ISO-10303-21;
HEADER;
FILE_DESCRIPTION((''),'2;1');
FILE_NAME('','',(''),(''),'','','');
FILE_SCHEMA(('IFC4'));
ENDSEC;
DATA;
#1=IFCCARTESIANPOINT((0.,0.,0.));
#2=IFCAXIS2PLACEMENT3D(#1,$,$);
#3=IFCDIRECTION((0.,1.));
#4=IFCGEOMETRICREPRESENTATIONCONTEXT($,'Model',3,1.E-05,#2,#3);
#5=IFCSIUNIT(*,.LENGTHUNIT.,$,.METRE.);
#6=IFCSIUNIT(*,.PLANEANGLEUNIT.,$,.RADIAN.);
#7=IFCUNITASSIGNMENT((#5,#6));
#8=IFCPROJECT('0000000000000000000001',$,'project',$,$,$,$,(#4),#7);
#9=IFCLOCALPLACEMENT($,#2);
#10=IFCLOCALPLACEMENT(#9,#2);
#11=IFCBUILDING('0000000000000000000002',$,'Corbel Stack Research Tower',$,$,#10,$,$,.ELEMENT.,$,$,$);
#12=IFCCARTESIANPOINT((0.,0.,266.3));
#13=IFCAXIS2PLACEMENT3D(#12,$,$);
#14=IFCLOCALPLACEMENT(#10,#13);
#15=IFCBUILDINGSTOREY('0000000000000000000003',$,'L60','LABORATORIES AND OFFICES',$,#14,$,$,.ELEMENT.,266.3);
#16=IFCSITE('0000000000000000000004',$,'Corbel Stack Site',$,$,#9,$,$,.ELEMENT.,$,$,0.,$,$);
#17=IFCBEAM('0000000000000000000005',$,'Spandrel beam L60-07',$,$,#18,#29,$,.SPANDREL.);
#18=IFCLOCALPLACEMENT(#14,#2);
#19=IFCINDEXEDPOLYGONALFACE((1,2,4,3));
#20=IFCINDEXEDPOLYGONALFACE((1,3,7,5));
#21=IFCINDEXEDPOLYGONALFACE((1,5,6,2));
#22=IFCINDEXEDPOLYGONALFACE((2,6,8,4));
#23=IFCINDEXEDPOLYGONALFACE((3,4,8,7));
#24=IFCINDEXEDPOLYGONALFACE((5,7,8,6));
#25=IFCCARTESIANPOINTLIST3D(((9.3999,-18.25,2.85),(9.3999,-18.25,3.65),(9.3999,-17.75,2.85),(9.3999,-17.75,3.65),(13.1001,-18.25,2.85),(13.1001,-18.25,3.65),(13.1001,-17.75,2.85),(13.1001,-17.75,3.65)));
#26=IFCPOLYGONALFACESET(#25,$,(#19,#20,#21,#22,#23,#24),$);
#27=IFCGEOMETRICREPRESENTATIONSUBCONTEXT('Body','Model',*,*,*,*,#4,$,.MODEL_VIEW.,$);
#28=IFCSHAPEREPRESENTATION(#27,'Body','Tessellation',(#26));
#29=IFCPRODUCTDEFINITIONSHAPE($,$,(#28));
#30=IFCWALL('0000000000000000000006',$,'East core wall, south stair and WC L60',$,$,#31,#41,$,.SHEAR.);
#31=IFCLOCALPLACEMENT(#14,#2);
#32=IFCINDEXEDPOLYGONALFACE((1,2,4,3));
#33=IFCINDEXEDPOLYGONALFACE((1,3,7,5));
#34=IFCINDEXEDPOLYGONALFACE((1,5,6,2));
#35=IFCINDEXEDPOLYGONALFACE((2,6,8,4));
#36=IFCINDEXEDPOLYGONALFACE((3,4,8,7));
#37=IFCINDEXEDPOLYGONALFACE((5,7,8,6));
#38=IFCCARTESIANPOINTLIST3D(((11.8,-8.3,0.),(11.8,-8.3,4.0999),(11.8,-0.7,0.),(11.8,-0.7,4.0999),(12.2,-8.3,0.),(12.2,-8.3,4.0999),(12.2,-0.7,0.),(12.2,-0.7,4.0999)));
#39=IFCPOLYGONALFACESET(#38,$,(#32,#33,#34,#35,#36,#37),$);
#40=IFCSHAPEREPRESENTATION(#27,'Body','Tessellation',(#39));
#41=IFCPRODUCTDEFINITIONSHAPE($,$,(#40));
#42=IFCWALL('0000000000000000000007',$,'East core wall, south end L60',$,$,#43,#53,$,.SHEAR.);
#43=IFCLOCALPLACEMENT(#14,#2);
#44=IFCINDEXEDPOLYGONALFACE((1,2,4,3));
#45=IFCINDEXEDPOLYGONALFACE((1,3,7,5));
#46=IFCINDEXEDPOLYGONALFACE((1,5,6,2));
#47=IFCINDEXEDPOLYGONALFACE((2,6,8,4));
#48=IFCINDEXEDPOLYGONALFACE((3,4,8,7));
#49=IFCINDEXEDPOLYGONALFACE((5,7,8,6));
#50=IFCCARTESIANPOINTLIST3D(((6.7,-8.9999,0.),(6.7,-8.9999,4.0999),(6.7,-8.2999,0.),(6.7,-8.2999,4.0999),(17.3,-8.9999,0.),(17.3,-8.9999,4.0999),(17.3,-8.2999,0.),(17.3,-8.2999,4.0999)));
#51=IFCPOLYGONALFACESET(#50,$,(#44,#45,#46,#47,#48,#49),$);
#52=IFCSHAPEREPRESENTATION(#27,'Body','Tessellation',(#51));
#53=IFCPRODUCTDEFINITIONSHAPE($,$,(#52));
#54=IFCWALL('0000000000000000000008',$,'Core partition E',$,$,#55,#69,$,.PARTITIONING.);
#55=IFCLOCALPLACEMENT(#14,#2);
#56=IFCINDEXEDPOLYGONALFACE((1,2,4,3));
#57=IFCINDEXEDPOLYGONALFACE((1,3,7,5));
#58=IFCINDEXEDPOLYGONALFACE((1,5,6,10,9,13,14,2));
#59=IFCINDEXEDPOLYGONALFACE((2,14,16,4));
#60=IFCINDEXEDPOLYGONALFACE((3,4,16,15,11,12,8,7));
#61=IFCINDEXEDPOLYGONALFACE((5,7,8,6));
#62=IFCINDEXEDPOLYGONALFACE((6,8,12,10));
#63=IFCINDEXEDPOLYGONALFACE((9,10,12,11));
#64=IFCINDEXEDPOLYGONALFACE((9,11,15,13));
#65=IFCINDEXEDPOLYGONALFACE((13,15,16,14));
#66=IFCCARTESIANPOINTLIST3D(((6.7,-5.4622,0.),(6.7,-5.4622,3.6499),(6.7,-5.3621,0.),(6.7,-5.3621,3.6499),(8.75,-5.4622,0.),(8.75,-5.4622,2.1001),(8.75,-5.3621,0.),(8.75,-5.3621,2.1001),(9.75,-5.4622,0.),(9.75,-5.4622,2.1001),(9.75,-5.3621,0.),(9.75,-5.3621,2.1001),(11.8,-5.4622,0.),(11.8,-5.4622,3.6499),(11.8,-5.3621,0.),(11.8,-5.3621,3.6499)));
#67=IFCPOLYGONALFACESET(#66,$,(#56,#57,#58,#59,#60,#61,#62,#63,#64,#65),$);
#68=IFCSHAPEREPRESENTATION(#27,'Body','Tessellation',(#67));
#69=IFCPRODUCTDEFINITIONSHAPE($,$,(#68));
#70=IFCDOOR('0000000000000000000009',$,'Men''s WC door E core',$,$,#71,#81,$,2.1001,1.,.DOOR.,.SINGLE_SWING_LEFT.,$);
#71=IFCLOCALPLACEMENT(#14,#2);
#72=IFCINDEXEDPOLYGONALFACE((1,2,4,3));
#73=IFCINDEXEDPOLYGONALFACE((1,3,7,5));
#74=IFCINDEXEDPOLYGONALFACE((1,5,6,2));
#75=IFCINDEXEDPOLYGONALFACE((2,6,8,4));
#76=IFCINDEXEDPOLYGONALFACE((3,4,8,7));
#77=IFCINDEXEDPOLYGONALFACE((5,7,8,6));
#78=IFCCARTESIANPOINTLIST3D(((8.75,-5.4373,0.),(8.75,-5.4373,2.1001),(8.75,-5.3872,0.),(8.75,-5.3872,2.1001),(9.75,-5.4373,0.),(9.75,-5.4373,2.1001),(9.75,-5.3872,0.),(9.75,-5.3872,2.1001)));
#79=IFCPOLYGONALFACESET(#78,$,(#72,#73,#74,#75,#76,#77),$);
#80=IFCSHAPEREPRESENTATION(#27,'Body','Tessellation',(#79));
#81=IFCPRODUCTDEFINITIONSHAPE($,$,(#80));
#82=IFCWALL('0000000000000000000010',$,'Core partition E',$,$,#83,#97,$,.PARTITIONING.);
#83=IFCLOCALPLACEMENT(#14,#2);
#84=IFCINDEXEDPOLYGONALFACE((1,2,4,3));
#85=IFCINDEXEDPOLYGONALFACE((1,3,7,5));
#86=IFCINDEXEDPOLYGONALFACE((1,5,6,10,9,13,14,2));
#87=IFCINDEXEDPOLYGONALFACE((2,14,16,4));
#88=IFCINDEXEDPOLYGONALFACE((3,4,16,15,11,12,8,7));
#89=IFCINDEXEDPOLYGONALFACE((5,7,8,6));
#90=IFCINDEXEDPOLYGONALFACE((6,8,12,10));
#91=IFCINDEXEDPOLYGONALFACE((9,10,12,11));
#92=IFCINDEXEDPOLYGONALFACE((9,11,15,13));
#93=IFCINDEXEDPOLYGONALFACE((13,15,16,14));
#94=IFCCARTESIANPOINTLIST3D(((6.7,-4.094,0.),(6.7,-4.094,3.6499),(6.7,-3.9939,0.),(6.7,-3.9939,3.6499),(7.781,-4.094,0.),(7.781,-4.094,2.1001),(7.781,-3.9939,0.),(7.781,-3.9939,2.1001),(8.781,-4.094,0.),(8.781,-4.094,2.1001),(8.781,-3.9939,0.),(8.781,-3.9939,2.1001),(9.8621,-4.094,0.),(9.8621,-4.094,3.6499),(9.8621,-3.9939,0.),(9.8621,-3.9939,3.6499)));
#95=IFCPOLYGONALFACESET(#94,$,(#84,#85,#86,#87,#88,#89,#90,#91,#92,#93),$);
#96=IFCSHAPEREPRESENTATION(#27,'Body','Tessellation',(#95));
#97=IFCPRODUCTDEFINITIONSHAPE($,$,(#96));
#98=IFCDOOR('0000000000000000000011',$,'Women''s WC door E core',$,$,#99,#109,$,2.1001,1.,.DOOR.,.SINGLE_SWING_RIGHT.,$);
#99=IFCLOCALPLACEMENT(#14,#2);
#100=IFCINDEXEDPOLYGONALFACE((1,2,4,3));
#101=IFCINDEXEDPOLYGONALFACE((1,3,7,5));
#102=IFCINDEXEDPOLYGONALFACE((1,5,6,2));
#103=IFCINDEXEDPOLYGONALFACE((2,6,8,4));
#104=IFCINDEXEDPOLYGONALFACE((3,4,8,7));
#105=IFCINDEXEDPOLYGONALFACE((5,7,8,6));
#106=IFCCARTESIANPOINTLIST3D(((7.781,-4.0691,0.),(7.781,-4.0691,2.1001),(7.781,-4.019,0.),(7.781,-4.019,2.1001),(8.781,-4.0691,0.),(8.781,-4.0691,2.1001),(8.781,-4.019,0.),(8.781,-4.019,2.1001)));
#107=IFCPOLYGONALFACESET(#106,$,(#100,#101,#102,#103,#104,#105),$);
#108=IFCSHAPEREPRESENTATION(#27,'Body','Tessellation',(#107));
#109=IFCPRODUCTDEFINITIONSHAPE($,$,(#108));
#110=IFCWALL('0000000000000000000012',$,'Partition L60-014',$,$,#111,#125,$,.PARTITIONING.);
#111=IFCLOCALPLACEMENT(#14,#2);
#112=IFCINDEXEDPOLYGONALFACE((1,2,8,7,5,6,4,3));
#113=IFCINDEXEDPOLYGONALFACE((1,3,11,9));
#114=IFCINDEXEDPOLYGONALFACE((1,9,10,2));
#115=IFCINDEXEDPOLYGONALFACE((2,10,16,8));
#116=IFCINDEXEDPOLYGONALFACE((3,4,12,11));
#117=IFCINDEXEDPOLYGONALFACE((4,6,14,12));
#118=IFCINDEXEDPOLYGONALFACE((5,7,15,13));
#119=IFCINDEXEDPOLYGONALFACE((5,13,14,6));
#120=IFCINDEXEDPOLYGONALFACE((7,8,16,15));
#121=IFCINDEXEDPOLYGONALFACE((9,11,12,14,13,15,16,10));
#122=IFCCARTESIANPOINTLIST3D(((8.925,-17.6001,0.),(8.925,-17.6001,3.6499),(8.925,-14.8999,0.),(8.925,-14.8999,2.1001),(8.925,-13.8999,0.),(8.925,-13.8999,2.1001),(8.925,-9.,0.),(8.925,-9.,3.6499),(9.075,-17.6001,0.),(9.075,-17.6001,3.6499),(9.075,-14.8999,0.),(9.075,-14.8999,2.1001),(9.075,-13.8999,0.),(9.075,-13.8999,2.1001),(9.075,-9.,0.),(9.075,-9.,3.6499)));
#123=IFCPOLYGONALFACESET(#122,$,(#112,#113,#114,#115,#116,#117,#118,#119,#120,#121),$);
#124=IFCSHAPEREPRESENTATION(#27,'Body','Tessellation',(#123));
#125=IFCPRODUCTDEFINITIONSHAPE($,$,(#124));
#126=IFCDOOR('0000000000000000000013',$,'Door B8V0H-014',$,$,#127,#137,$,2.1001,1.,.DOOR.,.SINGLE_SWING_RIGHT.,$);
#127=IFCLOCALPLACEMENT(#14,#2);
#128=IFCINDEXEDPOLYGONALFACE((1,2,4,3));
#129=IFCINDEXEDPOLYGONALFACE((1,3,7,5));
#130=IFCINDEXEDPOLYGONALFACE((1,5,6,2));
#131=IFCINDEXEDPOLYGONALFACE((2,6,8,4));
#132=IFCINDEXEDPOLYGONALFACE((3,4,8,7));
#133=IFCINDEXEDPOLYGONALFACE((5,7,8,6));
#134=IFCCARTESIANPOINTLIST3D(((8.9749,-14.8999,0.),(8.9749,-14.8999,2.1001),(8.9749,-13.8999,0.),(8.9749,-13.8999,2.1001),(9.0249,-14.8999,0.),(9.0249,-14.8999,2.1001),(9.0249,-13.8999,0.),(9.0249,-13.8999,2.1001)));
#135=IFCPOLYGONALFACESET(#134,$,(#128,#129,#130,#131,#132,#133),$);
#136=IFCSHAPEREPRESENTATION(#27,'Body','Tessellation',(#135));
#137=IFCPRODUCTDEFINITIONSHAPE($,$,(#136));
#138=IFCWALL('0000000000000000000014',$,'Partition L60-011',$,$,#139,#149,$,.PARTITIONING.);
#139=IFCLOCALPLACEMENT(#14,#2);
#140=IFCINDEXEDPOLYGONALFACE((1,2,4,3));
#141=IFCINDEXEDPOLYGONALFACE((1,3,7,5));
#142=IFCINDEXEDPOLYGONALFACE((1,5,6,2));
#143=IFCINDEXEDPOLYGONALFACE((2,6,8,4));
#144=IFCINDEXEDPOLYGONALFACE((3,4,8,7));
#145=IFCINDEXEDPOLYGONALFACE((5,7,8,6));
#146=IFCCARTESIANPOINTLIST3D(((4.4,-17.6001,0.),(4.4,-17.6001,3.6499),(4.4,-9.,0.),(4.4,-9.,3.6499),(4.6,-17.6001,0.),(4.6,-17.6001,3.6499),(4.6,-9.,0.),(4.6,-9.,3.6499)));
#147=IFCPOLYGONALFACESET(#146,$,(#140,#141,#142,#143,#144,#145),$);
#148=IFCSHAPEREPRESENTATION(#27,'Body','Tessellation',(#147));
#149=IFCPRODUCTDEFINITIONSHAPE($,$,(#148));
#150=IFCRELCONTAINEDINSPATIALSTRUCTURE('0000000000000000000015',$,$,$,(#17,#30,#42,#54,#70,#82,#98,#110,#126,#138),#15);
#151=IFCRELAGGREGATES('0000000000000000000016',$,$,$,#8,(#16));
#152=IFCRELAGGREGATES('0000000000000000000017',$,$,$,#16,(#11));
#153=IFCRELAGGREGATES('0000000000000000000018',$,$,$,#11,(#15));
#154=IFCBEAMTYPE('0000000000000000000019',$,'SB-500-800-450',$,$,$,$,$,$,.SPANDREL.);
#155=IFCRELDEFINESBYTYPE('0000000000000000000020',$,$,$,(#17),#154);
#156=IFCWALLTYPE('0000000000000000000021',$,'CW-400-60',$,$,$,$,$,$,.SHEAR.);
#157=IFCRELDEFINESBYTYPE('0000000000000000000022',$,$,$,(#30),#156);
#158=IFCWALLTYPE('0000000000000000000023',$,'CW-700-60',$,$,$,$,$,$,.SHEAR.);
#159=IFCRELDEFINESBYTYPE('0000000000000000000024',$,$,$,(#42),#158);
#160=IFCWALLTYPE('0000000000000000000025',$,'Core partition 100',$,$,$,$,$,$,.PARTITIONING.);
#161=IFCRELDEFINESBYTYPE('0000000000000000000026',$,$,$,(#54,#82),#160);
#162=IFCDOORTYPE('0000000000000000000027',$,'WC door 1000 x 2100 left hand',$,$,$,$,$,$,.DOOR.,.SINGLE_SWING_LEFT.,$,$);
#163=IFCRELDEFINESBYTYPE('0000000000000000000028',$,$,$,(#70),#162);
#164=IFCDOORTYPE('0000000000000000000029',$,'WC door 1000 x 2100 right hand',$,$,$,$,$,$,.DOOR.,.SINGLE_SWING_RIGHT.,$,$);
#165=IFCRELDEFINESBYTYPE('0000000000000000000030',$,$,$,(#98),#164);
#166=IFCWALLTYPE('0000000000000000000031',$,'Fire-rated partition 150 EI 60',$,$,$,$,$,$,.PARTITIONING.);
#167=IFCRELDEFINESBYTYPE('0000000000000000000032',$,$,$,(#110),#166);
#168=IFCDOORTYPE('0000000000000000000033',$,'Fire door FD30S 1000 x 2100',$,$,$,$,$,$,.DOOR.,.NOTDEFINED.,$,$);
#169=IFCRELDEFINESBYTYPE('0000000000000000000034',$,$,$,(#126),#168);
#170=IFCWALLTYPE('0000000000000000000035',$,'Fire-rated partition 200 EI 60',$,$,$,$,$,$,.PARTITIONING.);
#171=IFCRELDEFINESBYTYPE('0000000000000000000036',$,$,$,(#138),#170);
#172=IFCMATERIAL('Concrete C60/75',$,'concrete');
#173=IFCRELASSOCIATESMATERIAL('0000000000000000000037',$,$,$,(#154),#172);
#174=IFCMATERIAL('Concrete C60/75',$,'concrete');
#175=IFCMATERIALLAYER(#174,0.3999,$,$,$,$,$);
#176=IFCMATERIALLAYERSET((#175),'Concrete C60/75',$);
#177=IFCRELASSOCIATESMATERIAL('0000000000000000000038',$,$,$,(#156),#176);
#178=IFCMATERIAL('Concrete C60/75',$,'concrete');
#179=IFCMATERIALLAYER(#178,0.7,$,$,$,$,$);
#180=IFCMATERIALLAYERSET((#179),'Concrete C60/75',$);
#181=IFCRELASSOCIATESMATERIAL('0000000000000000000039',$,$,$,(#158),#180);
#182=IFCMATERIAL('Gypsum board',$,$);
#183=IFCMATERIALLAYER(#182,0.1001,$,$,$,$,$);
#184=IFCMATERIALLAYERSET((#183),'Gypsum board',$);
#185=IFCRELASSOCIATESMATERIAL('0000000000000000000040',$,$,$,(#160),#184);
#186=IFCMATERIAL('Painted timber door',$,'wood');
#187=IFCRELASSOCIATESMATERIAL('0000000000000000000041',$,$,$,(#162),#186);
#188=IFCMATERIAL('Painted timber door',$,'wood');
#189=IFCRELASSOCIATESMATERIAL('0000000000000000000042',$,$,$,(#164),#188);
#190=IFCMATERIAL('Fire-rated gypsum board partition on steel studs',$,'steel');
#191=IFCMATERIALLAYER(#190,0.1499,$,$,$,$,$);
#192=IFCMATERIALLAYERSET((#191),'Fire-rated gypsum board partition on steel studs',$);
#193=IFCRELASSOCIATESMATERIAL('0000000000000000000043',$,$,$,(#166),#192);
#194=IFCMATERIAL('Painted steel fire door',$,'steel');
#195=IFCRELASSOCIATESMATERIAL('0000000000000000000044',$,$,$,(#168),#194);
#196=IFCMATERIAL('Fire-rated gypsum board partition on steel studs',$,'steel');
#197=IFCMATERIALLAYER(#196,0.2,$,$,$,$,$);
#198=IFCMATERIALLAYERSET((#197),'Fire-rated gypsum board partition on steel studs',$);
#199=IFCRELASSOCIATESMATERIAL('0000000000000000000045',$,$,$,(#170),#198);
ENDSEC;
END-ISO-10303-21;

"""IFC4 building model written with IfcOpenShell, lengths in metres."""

from ifc_helpers import new_model, si_unit, direction, frame, frame_2d, origin, origin_2d, place, context, subcontext, project, spatial, rectangle, extrude, material, layer, layer_set, material_profile, profile_set, type_object, element, fill, save


model = new_model("IFC4")

# Units and contexts
model_context = context("Model", 3, precision=1e-05, world=origin(), true_north=direction((0.0, 1.0)))
body_context = subcontext(model_context, "Body", "Model", "MODEL_VIEW")
ifc_project = project(units=[si_unit("LENGTHUNIT", "METRE"), si_unit("PLANEANGLEUNIT", "RADIAN")], contexts=[model_context])

# Site, building, storey
site_placement = place(None, origin())
site = spatial("IfcSite", under=ifc_project, at=site_placement, Name="Corbel Stack Site", CompositionType="ELEMENT", RefElevation=0.0)
building_placement = place(site_placement, origin())
building = spatial("IfcBuilding", under=site, at=building_placement, Name="Corbel Stack Research Tower", CompositionType="ELEMENT")
storey_placement = place(building_placement, frame((0.0, 0.0, 266.3)))
storey = spatial("IfcBuildingStorey", under=building, at=storey_placement, Name="L60", Description="LABORATORIES AND OFFICES", CompositionType="ELEMENT", Elevation=266.3)

# Beam
ifc_material_1 = material(Name="Concrete C60/75", Category="concrete")
ifc_material_profile = material_profile(ifc_material_1, rectangle(XDim=0.5, YDim=0.8, at=origin_2d()), Name="RC 500 x 800")
ifc_profile_set = profile_set([ifc_material_profile], Name="Concrete C60/75")
beam_type = type_object("IfcBeamType", Name="SB-500-800-450", PredefinedType="SPANDREL", material=ifc_profile_set)
beam_placement = place(storey_placement, frame((9.3999, -18.0, 3.25), z_axis=(1.0, 0.0, 0.0), x_axis=(0.0, 1.0, 0.0)))
element("IfcBeam", 1, at=beam_placement, inside=storey, type_object=beam_type, Name="Spandrel beam L60-07", PredefinedType="SPANDREL", context=body_context, shape_type="SweptSolid", body=[
    extrude(rectangle(XDim=0.5, YDim=0.8, at=origin_2d()), origin(), (0.0, 0.0, 1.0), 3.7002),
])

# Wall
ifc_material_2 = material(Name="Concrete C60/75", Category="concrete")
ifc_layer_1 = layer(ifc_material_2, 0.3999)
ifc_layer_set_1 = layer_set([ifc_layer_1], Name="Concrete C60/75")
wall_type_1 = type_object("IfcWallType", Name="CW-400-60", PredefinedType="SHEAR", material=ifc_layer_set_1)
wall_1_placement = place(storey_placement, frame((12.0, -8.3, 0.0), z_axis=(0.0, 0.0, 1.0), x_axis=(0.0, 1.0, 0.0)))
element("IfcWall", 2, at=wall_1_placement, inside=storey, type_object=wall_type_1, Name="East core wall, south stair and WC L60", PredefinedType="SHEAR", context=body_context, shape_type="SweptSolid", body=[
    extrude(rectangle(XDim=7.6001, YDim=0.3999, at=frame_2d((3.8, 0.0))), origin(), (0.0, 0.0, 1.0), 4.0999),
])

# Shared definitions
ifc_material_3 = material(Name="Concrete C60/75", Category="concrete")
ifc_layer_2 = layer(ifc_material_3, 0.7)
ifc_layer_set_2 = layer_set([ifc_layer_2], Name="Concrete C60/75")
wall_type_2 = type_object("IfcWallType", Name="CW-700-60", PredefinedType="SHEAR", material=ifc_layer_set_2)

# Wall
wall_2_placement = place(storey_placement, frame((6.7, -8.6499, 0.0), z_axis=(0.0, 0.0, 1.0), x_axis=(1.0, 0.0, 0.0)))
element("IfcWall", 3, at=wall_2_placement, inside=storey, type_object=wall_type_2, Name="East core wall, south end L60", PredefinedType="SHEAR", context=body_context, shape_type="SweptSolid", body=[
    extrude(rectangle(XDim=10.6001, YDim=0.7, at=frame_2d((5.3, 0.0))), origin(), (0.0, 0.0, 1.0), 4.0999),
])

# Walls, openings, doors
ifc_material_4 = material(Name="Gypsum board")
ifc_layer_3 = layer(ifc_material_4, 0.1001)
ifc_layer_set_3 = layer_set([ifc_layer_3], Name="Gypsum board")
wall_type_3 = type_object("IfcWallType", Name="Core partition 100", PredefinedType="PARTITIONING", material=ifc_layer_set_3)
wall_3_placement = place(storey_placement, frame((6.7, -5.4121, 0.0), z_axis=(0.0, 0.0, 1.0), x_axis=(1.0, 0.0, 0.0)))
wall_3 = element("IfcWall", 4, at=wall_3_placement, inside=storey, type_object=wall_type_3, Name="Core partition E", PredefinedType="PARTITIONING", context=body_context, shape_type="SweptSolid", body=[
    extrude(rectangle(XDim=5.1001, YDim=0.1001, at=frame_2d((2.55, 0.0))), origin(), (0.0, 0.0, 1.0), 3.6499),
])
opening_1_placement = place(wall_3_placement, frame((2.05, 0.0, 0.0)))
opening_1 = element("IfcOpeningElement", 5, at=opening_1_placement, cuts=wall_3, PredefinedType="OPENING", context=body_context, shape_type="SweptSolid", body=[
    extrude(rectangle(XDim=1.0, YDim=2.1001, at=frame_2d((0.5, 1.05))), frame((0.0, 0.0601, 0.0), z_axis=(0.0, -1.0, 0.0), x_axis=(1.0, 0.0, 0.0)), (0.0, 0.0, 1.0), 0.1201),
])
ifc_material_5 = material(Name="Painted timber door", Category="wood")
door_type_1 = type_object("IfcDoorType", Name="WC door 1000 x 2100 left hand", OperationType="SINGLE_SWING_LEFT", PredefinedType="DOOR", material=ifc_material_5)
door_1_placement = place(opening_1_placement, origin())
door_1 = element("IfcDoor", 6, at=door_1_placement, inside=storey, type_object=door_type_1, Name="Men's WC door E core", OperationType="SINGLE_SWING_LEFT", OverallHeight=2.1001, OverallWidth=1.0, PredefinedType="DOOR", context=body_context, shape_type="SweptSolid", body=[
    extrude(rectangle(XDim=1.0, YDim=2.1001, at=frame_2d((0.5, 1.05))), frame((0.0, 0.0249, 0.0), z_axis=(0.0, -1.0, 0.0), x_axis=(1.0, 0.0, 0.0)), (0.0, 0.0, 1.0), 0.05),
])
fill(opening_1, door_1)
wall_4_placement = place(storey_placement, frame((6.7, -4.0439, 0.0), z_axis=(0.0, 0.0, 1.0), x_axis=(1.0, 0.0, 0.0)))
wall_4 = element("IfcWall", 7, at=wall_4_placement, inside=storey, type_object=wall_type_3, Name="Core partition E", PredefinedType="PARTITIONING", context=body_context, shape_type="SweptSolid", body=[
    extrude(rectangle(XDim=3.1621, YDim=0.1001, at=frame_2d((1.5811, 0.0))), origin(), (0.0, 0.0, 1.0), 3.6499),
])
opening_2_placement = place(wall_4_placement, frame((1.0811, 0.0, 0.0)))
opening_2 = element("IfcOpeningElement", 8, at=opening_2_placement, cuts=wall_4, PredefinedType="OPENING", context=body_context, shape_type="SweptSolid", body=[
    extrude(rectangle(XDim=1.0, YDim=2.1001, at=frame_2d((0.5, 1.05))), frame((0.0, 0.0601, 0.0), z_axis=(0.0, -1.0, 0.0), x_axis=(1.0, 0.0, 0.0)), (0.0, 0.0, 1.0), 0.1201),
])
ifc_material_6 = material(Name="Painted timber door", Category="wood")
door_type_2 = type_object("IfcDoorType", Name="WC door 1000 x 2100 right hand", OperationType="SINGLE_SWING_RIGHT", PredefinedType="DOOR", material=ifc_material_6)
door_2_placement = place(opening_2_placement, origin())
door_2 = element("IfcDoor", 9, at=door_2_placement, inside=storey, type_object=door_type_2, Name="Women's WC door E core", OperationType="SINGLE_SWING_RIGHT", OverallHeight=2.1001, OverallWidth=1.0, PredefinedType="DOOR", context=body_context, shape_type="SweptSolid", body=[
    extrude(rectangle(XDim=1.0, YDim=2.1001, at=frame_2d((0.5, 1.05))), frame((0.0, 0.0249, 0.0), z_axis=(0.0, -1.0, 0.0), x_axis=(1.0, 0.0, 0.0)), (0.0, 0.0, 1.0), 0.05),
])
fill(opening_2, door_2)
ifc_material_7 = material(Name="Fire-rated gypsum board partition on steel studs", Category="steel")
ifc_layer_4 = layer(ifc_material_7, 0.1499)
ifc_layer_set_4 = layer_set([ifc_layer_4], Name="Fire-rated gypsum board partition on steel studs")
wall_type_4 = type_object("IfcWallType", Name="Fire-rated partition 150 EI 60", PredefinedType="PARTITIONING", material=ifc_layer_set_4)
wall_5_placement = place(storey_placement, frame((9.0, -9.0, 0.0), z_axis=(0.0, 0.0, 1.0), x_axis=(0.0, -1.0, 0.0)))
wall_5 = element("IfcWall", 10, at=wall_5_placement, inside=storey, type_object=wall_type_4, Name="Partition L60-014", PredefinedType="PARTITIONING", context=body_context, shape_type="SweptSolid", body=[
    extrude(rectangle(XDim=8.6001, YDim=0.1499, at=frame_2d((4.3, 0.0))), origin(), (0.0, 0.0, 1.0), 3.6499),
])
opening_3_placement = place(wall_5_placement, frame((4.8999, 0.0, 0.0)))
opening_3 = element("IfcOpeningElement", 11, at=opening_3_placement, cuts=wall_5, PredefinedType="OPENING", context=body_context, shape_type="SweptSolid", body=[
    extrude(rectangle(XDim=1.0, YDim=2.1001, at=frame_2d((0.5, 1.05))), frame((0.0, 0.085, 0.0), z_axis=(0.0, -1.0, 0.0), x_axis=(1.0, 0.0, 0.0)), (0.0, 0.0, 1.0), 0.1699),
])
ifc_material_8 = material(Name="Painted steel fire door", Category="steel")
door_type_3 = type_object("IfcDoorType", Name="Fire door FD30S 1000 x 2100", OperationType="NOTDEFINED", PredefinedType="DOOR", material=ifc_material_8)
door_3_placement = place(opening_3_placement, origin())
door_3 = element("IfcDoor", 12, at=door_3_placement, inside=storey, type_object=door_type_3, Name="Door B8V0H-014", OperationType="SINGLE_SWING_RIGHT", OverallHeight=2.1001, OverallWidth=1.0, PredefinedType="DOOR", context=body_context, shape_type="SweptSolid", body=[
    extrude(rectangle(XDim=1.0, YDim=2.1001, at=frame_2d((0.5, 1.05))), frame((0.0, 0.0249, 0.0), z_axis=(0.0, -1.0, 0.0), x_axis=(1.0, 0.0, 0.0)), (0.0, 0.0, 1.0), 0.05),
])
fill(opening_3, door_3)

# Wall
ifc_material_9 = material(Name="Fire-rated gypsum board partition on steel studs", Category="steel")
ifc_layer_5 = layer(ifc_material_9, 0.2)
ifc_layer_set_5 = layer_set([ifc_layer_5], Name="Fire-rated gypsum board partition on steel studs")
wall_type_5 = type_object("IfcWallType", Name="Fire-rated partition 200 EI 60", PredefinedType="PARTITIONING", material=ifc_layer_set_5)
wall_6_placement = place(storey_placement, frame((4.5, -17.6001, 0.0), z_axis=(0.0, 0.0, 1.0), x_axis=(0.0, 1.0, 0.0)))
element("IfcWall", 13, at=wall_6_placement, inside=storey, type_object=wall_type_5, Name="Partition L60-011", PredefinedType="PARTITIONING", context=body_context, shape_type="SweptSolid", body=[
    extrude(rectangle(XDim=8.6001, YDim=0.2, at=frame_2d((4.3, 0.0))), origin(), (0.0, 0.0, 1.0), 3.6499),
])

save(model, "model.ifc")
